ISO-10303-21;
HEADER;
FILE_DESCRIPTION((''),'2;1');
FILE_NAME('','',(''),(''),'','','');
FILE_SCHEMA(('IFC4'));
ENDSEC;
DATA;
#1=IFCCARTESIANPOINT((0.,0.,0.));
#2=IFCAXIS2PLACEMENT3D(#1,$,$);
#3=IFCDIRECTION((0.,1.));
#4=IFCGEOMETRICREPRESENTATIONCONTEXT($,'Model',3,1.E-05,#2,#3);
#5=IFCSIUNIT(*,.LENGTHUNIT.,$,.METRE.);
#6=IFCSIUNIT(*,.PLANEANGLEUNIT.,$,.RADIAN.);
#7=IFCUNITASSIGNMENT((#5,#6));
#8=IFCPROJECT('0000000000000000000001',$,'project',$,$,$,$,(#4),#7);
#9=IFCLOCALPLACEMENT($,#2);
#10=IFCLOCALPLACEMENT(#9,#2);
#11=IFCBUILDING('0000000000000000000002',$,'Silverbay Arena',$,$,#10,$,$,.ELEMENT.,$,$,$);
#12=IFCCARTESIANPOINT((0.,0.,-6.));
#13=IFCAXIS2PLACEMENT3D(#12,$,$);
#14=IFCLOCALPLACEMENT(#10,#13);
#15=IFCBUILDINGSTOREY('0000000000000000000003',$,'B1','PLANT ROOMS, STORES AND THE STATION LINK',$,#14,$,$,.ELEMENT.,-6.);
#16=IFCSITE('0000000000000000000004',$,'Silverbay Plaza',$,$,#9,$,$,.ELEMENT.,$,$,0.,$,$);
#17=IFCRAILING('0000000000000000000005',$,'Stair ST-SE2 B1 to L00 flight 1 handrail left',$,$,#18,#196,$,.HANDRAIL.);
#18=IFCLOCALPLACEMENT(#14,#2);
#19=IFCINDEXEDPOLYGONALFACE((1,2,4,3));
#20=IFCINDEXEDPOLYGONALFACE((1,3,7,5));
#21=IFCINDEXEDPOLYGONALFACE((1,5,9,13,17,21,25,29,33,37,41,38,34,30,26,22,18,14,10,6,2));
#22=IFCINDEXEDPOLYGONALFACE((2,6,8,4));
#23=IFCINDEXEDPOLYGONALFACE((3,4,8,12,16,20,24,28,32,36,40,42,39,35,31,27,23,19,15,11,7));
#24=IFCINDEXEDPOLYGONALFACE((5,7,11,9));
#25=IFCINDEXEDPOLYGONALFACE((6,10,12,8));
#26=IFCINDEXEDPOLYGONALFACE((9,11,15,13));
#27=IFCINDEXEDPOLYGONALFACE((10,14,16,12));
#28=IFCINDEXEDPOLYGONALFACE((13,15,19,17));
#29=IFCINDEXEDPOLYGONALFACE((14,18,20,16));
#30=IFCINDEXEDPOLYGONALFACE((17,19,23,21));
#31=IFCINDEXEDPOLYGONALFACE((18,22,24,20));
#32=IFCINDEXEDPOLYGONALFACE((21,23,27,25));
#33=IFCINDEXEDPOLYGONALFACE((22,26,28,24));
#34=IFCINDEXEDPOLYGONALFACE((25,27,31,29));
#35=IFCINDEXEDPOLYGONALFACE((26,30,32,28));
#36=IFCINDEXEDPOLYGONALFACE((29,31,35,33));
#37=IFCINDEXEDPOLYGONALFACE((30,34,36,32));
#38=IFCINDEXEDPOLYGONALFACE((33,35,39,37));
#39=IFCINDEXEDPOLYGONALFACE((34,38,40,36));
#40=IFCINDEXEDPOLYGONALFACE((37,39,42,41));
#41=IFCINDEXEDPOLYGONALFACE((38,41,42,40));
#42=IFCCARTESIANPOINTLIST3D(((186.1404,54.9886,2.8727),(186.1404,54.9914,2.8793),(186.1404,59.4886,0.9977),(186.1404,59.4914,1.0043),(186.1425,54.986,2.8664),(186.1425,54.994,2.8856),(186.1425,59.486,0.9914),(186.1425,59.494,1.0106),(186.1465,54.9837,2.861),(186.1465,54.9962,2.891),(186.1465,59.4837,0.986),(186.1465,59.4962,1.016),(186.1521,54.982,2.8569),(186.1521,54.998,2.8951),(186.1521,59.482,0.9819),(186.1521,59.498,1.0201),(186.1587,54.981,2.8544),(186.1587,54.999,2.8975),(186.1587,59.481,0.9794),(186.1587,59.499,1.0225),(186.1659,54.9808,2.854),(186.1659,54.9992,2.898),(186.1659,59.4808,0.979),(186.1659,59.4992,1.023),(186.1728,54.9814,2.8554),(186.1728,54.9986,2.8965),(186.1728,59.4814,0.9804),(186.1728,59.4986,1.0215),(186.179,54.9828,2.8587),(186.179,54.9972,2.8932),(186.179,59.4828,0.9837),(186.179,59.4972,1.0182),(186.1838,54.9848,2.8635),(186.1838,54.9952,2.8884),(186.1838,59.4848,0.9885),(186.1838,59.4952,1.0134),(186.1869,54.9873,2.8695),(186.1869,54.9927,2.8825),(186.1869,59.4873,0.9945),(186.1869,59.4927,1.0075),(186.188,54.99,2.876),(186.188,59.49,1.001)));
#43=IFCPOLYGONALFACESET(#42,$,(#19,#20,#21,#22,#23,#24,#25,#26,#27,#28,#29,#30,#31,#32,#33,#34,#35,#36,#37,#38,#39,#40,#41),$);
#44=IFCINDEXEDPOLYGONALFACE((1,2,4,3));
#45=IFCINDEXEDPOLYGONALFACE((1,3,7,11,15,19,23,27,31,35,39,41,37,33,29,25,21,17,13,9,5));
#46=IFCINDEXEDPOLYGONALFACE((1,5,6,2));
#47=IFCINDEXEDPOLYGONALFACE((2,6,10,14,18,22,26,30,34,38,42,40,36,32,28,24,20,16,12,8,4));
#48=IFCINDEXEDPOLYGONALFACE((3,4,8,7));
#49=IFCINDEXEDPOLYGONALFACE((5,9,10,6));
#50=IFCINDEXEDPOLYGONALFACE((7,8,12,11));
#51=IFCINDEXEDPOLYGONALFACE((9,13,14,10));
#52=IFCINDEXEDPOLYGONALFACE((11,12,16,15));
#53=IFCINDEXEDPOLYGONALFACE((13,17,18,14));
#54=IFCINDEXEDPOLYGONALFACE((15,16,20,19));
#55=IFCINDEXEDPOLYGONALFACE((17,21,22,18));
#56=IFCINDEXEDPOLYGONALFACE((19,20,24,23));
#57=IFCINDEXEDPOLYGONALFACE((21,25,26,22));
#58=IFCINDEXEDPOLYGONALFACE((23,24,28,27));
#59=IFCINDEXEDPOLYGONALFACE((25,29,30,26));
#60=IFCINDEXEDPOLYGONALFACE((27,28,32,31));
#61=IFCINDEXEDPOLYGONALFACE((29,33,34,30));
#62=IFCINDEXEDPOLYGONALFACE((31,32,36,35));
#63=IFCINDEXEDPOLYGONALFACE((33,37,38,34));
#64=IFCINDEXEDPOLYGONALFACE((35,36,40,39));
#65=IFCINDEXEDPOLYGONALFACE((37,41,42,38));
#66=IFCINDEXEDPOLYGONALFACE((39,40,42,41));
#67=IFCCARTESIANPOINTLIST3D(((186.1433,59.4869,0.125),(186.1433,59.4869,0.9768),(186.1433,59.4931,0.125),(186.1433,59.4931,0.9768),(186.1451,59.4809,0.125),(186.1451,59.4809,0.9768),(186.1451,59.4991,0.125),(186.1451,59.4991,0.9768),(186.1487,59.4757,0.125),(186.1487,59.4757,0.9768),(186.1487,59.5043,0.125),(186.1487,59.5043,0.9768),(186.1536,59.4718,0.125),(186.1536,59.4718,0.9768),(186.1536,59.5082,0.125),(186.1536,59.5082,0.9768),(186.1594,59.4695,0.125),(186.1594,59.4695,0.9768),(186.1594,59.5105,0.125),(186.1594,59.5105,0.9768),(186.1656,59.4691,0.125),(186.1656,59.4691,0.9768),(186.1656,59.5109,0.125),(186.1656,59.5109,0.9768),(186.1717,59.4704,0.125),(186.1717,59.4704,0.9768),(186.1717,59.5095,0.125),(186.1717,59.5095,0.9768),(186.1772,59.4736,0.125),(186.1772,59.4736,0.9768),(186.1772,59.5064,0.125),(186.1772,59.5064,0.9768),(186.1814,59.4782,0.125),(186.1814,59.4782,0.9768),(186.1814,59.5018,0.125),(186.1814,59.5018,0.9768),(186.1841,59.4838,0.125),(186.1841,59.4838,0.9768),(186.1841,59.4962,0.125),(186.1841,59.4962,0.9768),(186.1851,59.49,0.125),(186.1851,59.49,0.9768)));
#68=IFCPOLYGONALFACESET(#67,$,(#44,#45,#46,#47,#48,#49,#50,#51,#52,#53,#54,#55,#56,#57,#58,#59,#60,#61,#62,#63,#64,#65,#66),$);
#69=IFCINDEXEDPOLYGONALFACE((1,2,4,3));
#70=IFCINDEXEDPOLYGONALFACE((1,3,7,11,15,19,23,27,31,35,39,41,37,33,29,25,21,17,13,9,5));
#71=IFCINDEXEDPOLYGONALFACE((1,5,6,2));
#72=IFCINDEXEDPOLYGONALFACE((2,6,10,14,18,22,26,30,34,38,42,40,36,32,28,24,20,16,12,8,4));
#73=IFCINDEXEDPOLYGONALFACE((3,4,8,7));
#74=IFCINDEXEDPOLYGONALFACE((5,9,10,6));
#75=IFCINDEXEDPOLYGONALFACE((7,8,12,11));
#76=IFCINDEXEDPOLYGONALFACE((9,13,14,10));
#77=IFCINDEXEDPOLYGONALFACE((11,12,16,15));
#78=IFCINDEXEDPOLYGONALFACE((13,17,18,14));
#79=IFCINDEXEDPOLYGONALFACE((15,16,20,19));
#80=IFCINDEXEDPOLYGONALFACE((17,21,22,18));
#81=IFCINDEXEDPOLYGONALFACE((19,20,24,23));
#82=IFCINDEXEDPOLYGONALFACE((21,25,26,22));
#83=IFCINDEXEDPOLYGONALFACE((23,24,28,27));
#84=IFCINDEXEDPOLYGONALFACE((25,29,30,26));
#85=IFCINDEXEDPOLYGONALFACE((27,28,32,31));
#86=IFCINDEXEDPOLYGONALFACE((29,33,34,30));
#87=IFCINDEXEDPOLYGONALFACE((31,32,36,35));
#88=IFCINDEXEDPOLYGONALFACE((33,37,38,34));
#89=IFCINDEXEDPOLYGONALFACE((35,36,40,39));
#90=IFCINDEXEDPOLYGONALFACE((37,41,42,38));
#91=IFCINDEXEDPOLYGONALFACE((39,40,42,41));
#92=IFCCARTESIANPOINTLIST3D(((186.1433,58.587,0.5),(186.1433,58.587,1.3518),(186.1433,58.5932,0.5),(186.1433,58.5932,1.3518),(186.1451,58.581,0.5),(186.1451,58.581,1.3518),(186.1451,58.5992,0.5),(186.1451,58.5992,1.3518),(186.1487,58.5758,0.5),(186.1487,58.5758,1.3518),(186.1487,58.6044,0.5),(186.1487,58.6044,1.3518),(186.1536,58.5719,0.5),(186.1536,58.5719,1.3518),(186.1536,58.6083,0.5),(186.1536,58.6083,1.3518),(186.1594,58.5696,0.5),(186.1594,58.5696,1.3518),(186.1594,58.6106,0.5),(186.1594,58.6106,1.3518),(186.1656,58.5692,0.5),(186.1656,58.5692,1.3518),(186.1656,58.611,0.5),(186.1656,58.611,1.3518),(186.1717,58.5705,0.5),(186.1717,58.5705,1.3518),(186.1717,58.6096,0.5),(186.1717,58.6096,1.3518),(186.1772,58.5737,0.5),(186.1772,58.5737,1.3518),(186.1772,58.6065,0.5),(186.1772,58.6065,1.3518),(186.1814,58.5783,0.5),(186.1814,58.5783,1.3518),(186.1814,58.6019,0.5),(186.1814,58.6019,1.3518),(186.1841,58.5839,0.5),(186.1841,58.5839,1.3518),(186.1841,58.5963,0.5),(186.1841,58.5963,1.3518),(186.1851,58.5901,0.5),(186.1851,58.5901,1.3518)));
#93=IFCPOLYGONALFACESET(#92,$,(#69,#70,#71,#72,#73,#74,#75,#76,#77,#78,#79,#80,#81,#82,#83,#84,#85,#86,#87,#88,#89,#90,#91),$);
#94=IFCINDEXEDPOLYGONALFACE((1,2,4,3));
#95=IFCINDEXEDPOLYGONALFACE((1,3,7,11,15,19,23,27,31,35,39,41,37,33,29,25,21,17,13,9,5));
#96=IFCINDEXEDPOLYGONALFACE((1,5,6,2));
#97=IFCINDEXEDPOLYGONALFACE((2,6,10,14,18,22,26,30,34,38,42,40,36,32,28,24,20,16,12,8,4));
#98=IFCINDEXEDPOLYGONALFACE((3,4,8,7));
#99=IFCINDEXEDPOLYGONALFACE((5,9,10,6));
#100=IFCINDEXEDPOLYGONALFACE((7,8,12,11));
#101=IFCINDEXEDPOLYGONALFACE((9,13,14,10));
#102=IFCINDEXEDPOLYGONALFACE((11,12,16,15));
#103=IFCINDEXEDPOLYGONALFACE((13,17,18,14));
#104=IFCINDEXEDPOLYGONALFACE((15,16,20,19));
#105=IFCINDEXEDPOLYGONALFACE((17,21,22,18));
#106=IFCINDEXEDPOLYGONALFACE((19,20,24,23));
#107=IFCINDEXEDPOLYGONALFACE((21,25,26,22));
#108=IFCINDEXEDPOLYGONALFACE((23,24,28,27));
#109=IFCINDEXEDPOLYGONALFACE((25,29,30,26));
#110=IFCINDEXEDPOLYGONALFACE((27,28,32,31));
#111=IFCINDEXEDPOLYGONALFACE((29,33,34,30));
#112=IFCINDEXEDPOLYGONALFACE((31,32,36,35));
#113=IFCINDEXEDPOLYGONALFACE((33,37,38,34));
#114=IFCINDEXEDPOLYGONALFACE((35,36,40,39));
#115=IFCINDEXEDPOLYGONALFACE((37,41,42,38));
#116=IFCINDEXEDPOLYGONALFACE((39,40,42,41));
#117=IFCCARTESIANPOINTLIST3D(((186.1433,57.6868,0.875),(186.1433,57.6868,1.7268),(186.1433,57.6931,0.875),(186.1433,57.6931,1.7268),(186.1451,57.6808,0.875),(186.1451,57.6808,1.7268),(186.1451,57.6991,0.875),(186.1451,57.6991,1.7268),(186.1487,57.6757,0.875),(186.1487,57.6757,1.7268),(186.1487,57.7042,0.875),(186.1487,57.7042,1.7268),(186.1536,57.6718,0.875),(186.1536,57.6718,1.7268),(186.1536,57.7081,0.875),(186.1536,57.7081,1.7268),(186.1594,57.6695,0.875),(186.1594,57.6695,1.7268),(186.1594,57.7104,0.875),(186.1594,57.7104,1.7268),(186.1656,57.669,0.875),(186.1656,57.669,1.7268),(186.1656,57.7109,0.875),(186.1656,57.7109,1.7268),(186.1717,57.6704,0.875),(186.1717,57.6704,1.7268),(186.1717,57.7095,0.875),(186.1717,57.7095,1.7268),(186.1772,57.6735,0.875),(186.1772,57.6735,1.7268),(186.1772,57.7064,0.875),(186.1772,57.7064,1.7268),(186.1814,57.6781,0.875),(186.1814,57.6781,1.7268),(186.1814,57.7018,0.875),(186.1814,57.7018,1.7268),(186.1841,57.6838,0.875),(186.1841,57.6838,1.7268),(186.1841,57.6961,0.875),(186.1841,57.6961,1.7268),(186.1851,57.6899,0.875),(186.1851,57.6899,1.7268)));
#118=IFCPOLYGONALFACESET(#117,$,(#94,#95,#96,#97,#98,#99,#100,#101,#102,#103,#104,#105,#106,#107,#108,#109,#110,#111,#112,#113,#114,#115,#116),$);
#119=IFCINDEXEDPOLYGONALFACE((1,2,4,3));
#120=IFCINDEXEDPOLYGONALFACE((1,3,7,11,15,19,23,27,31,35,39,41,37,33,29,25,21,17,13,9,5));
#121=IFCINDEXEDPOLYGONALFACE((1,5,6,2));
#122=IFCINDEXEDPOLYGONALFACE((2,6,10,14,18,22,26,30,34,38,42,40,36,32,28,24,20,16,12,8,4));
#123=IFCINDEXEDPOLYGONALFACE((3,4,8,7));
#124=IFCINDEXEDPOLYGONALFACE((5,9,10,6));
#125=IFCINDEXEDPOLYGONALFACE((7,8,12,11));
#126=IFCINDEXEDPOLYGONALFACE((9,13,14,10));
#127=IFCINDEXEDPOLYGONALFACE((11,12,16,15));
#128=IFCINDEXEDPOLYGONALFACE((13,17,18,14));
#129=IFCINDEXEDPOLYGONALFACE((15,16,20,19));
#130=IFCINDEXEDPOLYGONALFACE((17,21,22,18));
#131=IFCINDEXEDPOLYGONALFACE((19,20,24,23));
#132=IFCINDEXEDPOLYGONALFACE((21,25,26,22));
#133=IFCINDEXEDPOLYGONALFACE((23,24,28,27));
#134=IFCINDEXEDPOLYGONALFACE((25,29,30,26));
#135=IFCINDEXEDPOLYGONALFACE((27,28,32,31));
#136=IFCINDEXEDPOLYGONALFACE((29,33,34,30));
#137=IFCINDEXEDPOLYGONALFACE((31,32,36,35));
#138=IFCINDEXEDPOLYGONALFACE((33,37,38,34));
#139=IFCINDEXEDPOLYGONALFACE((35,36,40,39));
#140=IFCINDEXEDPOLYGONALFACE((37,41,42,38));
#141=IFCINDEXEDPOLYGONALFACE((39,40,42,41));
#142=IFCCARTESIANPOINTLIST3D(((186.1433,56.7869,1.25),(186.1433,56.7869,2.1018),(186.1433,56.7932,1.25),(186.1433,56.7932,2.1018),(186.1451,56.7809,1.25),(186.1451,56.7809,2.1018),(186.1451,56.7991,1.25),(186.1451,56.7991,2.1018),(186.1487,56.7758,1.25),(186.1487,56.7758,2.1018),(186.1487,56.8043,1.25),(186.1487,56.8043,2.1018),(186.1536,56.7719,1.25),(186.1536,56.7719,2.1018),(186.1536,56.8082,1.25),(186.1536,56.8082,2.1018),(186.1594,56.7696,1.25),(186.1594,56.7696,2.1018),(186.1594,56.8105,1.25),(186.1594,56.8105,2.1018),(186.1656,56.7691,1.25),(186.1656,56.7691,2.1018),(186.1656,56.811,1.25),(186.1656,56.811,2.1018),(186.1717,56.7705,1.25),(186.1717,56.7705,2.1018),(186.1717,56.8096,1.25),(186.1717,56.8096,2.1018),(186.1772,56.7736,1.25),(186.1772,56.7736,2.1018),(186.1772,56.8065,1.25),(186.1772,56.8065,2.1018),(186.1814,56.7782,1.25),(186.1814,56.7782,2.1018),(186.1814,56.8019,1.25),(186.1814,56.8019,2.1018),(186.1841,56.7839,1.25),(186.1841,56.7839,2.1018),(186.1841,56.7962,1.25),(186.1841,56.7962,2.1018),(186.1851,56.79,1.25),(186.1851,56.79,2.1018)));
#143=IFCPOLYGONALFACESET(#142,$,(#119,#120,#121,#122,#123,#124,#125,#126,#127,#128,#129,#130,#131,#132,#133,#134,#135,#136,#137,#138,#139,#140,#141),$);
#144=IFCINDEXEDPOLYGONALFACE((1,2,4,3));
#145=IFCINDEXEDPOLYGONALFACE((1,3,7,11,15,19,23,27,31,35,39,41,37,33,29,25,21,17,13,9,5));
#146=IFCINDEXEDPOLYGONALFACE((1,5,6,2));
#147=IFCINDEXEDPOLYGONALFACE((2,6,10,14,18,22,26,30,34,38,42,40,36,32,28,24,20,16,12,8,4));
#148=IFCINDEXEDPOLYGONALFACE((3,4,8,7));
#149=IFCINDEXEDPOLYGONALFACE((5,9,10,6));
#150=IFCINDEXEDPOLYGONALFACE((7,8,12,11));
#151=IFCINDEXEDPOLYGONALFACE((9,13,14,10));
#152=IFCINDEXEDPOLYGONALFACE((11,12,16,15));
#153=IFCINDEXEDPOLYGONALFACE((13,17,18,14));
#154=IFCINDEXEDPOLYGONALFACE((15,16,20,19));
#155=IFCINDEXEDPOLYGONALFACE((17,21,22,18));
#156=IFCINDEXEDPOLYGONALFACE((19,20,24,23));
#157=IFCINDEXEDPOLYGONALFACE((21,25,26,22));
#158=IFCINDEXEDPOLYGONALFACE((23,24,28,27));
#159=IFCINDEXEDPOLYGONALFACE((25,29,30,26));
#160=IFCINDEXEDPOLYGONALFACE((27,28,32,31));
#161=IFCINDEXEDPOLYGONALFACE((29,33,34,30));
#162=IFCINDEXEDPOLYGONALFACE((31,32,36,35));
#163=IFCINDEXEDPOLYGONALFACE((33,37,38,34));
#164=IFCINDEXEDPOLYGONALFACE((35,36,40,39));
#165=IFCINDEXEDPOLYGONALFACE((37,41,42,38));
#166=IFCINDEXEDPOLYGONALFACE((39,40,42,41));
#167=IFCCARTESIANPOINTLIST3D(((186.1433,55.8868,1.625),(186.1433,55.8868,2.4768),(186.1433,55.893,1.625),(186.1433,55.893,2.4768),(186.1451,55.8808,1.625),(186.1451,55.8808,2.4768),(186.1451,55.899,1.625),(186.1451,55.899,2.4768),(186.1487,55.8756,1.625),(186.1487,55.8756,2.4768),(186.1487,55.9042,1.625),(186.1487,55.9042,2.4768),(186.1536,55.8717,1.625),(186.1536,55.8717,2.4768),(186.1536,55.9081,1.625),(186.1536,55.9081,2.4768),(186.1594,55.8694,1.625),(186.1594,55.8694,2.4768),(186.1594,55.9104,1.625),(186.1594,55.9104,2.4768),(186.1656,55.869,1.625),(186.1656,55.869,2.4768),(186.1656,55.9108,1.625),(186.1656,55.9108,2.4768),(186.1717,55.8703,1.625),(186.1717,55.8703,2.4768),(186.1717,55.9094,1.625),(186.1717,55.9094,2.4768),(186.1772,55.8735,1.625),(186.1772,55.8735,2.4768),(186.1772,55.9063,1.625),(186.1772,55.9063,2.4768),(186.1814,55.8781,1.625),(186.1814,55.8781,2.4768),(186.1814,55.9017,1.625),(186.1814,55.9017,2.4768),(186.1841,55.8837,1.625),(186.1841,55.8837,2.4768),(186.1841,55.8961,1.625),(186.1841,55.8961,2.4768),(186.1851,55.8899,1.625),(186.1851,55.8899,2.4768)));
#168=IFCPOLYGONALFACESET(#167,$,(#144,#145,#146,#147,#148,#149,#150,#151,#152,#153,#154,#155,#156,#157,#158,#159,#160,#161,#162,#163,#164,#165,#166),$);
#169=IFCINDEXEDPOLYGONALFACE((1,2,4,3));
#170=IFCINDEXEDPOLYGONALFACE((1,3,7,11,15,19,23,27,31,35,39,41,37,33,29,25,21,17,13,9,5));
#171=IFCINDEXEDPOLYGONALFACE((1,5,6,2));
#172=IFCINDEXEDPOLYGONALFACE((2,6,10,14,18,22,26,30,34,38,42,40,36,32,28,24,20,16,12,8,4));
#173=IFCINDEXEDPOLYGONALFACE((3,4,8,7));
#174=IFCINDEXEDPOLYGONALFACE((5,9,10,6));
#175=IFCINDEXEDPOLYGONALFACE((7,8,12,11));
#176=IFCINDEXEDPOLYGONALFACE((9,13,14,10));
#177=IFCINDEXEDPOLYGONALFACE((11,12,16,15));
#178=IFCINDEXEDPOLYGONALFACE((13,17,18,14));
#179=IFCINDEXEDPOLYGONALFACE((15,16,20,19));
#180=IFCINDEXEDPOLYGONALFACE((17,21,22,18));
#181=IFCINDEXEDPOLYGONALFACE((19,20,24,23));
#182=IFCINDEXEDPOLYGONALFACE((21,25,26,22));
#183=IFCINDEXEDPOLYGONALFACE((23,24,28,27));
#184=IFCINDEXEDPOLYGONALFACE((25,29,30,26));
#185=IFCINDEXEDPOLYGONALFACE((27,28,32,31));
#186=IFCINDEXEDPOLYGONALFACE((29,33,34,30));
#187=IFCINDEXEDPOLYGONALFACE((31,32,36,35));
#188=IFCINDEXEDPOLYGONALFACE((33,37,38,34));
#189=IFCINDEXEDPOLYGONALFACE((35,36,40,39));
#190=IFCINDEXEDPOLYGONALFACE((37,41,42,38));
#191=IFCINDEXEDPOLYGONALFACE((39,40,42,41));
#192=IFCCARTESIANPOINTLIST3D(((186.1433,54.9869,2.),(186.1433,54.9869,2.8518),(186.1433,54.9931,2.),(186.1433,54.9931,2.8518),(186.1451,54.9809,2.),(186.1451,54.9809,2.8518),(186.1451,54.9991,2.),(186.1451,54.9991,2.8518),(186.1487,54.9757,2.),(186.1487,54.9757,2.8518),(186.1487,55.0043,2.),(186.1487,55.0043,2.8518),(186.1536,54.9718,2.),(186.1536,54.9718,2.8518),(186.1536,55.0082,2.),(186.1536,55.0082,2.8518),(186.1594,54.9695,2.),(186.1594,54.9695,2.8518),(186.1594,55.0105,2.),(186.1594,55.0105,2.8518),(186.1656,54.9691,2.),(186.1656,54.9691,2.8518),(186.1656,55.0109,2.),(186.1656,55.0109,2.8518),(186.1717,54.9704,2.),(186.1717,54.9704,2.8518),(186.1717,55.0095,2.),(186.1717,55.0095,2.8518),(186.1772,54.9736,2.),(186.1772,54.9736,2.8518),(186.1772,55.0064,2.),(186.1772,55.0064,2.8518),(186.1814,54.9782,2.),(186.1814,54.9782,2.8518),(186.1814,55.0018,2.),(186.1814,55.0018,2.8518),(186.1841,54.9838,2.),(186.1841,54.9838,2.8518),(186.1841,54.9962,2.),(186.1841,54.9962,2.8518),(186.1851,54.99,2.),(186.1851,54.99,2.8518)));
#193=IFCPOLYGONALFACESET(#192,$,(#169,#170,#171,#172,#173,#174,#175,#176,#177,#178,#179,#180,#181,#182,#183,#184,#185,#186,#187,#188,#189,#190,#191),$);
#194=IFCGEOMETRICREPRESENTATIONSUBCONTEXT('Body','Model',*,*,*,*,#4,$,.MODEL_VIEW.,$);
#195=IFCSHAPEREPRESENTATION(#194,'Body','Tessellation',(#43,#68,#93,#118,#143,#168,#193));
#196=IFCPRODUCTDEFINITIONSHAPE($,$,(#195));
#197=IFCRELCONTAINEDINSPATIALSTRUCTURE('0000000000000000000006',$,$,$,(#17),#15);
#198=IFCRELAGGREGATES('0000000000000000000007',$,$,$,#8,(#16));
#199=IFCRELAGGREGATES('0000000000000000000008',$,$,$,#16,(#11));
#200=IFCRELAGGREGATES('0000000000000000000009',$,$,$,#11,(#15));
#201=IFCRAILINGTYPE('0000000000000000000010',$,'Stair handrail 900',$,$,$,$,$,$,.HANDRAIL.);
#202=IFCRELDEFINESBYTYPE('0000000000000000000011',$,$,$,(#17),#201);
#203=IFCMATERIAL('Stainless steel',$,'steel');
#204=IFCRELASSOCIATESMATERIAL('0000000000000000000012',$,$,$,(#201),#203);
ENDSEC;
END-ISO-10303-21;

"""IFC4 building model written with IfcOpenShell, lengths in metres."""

from ifc_helpers import new_model, si_unit, direction, frame, origin, origin_2d, place, context, subcontext, project, spatial, circle, extrude, material, type_object, element, save


model = new_model("IFC4")

# Units and contexts
model_context = context("Model", 3, precision=1e-05, world=origin(), true_north=direction((0.0, 1.0)))
body_context = subcontext(model_context, "Body", "Model", "MODEL_VIEW")
ifc_project = project(units=[si_unit("LENGTHUNIT", "METRE"), si_unit("PLANEANGLEUNIT", "RADIAN")], contexts=[model_context])

# Site, building, storey
site_placement = place(None, origin())
site = spatial("IfcSite", under=ifc_project, at=site_placement, Name="Silverbay Plaza", CompositionType="ELEMENT", RefElevation=0.0)
building_placement = place(site_placement, origin())
building = spatial("IfcBuilding", under=site, at=building_placement, Name="Silverbay Arena", CompositionType="ELEMENT")
storey_placement = place(building_placement, frame((0.0, 0.0, -6.0)))
storey = spatial("IfcBuildingStorey", under=building, at=storey_placement, Name="B1", Description="PLANT ROOMS, STORES AND THE STATION LINK", CompositionType="ELEMENT", Elevation=-6.0)

# Railing
ifc_material_1 = material(Name="Stainless steel", Category="steel")
railing_type_1 = type_object("IfcRailingType", Name="Stair handrail 900", PredefinedType="HANDRAIL", material=ifc_material_1)
for number, where, name in (
    (1, (186.1641, 59.49, 0.125), "Stair ST-SE2 B1 to L00 flight 1 handrail left"),
):
    element("IfcRailing", number, at=place(storey_placement, frame(where)), inside=storey, type_object=railing_type_1, Name=name, PredefinedType="HANDRAIL", context=body_context, shape_type="SweptSolid", body=[
        extrude(circle(Radius=0.0239, at=origin_2d()), frame((0.0, 0.0, 0.876), z_axis=(0.0, -0.923077, 0.384615), x_axis=(1.0, 0.0, 0.0)), (0.0, 0.0, 1.0), 4.875),
        extrude(circle(Radius=0.021, at=origin_2d()), origin(), (0.0, 0.0, 1.0), 0.8518),
        extrude(circle(Radius=0.021, at=origin_2d()), frame((0.0, -0.8999, 0.375)), (0.0, 0.0, 1.0), 0.8518),
        extrude(circle(Radius=0.021, at=origin_2d()), frame((0.0, -1.8, 0.75)), (0.0, 0.0, 1.0), 0.8518),
        extrude(circle(Radius=0.021, at=origin_2d()), frame((0.0, -2.7, 1.125)), (0.0, 0.0, 1.0), 0.8518),
        extrude(circle(Radius=0.021, at=origin_2d()), frame((0.0, -3.6001, 1.5)), (0.0, 0.0, 1.0), 0.8518),
        extrude(circle(Radius=0.021, at=origin_2d()), frame((0.0, -4.5, 1.875)), (0.0, 0.0, 1.0), 0.8518),
    ])

save(model, "model.ifc")
